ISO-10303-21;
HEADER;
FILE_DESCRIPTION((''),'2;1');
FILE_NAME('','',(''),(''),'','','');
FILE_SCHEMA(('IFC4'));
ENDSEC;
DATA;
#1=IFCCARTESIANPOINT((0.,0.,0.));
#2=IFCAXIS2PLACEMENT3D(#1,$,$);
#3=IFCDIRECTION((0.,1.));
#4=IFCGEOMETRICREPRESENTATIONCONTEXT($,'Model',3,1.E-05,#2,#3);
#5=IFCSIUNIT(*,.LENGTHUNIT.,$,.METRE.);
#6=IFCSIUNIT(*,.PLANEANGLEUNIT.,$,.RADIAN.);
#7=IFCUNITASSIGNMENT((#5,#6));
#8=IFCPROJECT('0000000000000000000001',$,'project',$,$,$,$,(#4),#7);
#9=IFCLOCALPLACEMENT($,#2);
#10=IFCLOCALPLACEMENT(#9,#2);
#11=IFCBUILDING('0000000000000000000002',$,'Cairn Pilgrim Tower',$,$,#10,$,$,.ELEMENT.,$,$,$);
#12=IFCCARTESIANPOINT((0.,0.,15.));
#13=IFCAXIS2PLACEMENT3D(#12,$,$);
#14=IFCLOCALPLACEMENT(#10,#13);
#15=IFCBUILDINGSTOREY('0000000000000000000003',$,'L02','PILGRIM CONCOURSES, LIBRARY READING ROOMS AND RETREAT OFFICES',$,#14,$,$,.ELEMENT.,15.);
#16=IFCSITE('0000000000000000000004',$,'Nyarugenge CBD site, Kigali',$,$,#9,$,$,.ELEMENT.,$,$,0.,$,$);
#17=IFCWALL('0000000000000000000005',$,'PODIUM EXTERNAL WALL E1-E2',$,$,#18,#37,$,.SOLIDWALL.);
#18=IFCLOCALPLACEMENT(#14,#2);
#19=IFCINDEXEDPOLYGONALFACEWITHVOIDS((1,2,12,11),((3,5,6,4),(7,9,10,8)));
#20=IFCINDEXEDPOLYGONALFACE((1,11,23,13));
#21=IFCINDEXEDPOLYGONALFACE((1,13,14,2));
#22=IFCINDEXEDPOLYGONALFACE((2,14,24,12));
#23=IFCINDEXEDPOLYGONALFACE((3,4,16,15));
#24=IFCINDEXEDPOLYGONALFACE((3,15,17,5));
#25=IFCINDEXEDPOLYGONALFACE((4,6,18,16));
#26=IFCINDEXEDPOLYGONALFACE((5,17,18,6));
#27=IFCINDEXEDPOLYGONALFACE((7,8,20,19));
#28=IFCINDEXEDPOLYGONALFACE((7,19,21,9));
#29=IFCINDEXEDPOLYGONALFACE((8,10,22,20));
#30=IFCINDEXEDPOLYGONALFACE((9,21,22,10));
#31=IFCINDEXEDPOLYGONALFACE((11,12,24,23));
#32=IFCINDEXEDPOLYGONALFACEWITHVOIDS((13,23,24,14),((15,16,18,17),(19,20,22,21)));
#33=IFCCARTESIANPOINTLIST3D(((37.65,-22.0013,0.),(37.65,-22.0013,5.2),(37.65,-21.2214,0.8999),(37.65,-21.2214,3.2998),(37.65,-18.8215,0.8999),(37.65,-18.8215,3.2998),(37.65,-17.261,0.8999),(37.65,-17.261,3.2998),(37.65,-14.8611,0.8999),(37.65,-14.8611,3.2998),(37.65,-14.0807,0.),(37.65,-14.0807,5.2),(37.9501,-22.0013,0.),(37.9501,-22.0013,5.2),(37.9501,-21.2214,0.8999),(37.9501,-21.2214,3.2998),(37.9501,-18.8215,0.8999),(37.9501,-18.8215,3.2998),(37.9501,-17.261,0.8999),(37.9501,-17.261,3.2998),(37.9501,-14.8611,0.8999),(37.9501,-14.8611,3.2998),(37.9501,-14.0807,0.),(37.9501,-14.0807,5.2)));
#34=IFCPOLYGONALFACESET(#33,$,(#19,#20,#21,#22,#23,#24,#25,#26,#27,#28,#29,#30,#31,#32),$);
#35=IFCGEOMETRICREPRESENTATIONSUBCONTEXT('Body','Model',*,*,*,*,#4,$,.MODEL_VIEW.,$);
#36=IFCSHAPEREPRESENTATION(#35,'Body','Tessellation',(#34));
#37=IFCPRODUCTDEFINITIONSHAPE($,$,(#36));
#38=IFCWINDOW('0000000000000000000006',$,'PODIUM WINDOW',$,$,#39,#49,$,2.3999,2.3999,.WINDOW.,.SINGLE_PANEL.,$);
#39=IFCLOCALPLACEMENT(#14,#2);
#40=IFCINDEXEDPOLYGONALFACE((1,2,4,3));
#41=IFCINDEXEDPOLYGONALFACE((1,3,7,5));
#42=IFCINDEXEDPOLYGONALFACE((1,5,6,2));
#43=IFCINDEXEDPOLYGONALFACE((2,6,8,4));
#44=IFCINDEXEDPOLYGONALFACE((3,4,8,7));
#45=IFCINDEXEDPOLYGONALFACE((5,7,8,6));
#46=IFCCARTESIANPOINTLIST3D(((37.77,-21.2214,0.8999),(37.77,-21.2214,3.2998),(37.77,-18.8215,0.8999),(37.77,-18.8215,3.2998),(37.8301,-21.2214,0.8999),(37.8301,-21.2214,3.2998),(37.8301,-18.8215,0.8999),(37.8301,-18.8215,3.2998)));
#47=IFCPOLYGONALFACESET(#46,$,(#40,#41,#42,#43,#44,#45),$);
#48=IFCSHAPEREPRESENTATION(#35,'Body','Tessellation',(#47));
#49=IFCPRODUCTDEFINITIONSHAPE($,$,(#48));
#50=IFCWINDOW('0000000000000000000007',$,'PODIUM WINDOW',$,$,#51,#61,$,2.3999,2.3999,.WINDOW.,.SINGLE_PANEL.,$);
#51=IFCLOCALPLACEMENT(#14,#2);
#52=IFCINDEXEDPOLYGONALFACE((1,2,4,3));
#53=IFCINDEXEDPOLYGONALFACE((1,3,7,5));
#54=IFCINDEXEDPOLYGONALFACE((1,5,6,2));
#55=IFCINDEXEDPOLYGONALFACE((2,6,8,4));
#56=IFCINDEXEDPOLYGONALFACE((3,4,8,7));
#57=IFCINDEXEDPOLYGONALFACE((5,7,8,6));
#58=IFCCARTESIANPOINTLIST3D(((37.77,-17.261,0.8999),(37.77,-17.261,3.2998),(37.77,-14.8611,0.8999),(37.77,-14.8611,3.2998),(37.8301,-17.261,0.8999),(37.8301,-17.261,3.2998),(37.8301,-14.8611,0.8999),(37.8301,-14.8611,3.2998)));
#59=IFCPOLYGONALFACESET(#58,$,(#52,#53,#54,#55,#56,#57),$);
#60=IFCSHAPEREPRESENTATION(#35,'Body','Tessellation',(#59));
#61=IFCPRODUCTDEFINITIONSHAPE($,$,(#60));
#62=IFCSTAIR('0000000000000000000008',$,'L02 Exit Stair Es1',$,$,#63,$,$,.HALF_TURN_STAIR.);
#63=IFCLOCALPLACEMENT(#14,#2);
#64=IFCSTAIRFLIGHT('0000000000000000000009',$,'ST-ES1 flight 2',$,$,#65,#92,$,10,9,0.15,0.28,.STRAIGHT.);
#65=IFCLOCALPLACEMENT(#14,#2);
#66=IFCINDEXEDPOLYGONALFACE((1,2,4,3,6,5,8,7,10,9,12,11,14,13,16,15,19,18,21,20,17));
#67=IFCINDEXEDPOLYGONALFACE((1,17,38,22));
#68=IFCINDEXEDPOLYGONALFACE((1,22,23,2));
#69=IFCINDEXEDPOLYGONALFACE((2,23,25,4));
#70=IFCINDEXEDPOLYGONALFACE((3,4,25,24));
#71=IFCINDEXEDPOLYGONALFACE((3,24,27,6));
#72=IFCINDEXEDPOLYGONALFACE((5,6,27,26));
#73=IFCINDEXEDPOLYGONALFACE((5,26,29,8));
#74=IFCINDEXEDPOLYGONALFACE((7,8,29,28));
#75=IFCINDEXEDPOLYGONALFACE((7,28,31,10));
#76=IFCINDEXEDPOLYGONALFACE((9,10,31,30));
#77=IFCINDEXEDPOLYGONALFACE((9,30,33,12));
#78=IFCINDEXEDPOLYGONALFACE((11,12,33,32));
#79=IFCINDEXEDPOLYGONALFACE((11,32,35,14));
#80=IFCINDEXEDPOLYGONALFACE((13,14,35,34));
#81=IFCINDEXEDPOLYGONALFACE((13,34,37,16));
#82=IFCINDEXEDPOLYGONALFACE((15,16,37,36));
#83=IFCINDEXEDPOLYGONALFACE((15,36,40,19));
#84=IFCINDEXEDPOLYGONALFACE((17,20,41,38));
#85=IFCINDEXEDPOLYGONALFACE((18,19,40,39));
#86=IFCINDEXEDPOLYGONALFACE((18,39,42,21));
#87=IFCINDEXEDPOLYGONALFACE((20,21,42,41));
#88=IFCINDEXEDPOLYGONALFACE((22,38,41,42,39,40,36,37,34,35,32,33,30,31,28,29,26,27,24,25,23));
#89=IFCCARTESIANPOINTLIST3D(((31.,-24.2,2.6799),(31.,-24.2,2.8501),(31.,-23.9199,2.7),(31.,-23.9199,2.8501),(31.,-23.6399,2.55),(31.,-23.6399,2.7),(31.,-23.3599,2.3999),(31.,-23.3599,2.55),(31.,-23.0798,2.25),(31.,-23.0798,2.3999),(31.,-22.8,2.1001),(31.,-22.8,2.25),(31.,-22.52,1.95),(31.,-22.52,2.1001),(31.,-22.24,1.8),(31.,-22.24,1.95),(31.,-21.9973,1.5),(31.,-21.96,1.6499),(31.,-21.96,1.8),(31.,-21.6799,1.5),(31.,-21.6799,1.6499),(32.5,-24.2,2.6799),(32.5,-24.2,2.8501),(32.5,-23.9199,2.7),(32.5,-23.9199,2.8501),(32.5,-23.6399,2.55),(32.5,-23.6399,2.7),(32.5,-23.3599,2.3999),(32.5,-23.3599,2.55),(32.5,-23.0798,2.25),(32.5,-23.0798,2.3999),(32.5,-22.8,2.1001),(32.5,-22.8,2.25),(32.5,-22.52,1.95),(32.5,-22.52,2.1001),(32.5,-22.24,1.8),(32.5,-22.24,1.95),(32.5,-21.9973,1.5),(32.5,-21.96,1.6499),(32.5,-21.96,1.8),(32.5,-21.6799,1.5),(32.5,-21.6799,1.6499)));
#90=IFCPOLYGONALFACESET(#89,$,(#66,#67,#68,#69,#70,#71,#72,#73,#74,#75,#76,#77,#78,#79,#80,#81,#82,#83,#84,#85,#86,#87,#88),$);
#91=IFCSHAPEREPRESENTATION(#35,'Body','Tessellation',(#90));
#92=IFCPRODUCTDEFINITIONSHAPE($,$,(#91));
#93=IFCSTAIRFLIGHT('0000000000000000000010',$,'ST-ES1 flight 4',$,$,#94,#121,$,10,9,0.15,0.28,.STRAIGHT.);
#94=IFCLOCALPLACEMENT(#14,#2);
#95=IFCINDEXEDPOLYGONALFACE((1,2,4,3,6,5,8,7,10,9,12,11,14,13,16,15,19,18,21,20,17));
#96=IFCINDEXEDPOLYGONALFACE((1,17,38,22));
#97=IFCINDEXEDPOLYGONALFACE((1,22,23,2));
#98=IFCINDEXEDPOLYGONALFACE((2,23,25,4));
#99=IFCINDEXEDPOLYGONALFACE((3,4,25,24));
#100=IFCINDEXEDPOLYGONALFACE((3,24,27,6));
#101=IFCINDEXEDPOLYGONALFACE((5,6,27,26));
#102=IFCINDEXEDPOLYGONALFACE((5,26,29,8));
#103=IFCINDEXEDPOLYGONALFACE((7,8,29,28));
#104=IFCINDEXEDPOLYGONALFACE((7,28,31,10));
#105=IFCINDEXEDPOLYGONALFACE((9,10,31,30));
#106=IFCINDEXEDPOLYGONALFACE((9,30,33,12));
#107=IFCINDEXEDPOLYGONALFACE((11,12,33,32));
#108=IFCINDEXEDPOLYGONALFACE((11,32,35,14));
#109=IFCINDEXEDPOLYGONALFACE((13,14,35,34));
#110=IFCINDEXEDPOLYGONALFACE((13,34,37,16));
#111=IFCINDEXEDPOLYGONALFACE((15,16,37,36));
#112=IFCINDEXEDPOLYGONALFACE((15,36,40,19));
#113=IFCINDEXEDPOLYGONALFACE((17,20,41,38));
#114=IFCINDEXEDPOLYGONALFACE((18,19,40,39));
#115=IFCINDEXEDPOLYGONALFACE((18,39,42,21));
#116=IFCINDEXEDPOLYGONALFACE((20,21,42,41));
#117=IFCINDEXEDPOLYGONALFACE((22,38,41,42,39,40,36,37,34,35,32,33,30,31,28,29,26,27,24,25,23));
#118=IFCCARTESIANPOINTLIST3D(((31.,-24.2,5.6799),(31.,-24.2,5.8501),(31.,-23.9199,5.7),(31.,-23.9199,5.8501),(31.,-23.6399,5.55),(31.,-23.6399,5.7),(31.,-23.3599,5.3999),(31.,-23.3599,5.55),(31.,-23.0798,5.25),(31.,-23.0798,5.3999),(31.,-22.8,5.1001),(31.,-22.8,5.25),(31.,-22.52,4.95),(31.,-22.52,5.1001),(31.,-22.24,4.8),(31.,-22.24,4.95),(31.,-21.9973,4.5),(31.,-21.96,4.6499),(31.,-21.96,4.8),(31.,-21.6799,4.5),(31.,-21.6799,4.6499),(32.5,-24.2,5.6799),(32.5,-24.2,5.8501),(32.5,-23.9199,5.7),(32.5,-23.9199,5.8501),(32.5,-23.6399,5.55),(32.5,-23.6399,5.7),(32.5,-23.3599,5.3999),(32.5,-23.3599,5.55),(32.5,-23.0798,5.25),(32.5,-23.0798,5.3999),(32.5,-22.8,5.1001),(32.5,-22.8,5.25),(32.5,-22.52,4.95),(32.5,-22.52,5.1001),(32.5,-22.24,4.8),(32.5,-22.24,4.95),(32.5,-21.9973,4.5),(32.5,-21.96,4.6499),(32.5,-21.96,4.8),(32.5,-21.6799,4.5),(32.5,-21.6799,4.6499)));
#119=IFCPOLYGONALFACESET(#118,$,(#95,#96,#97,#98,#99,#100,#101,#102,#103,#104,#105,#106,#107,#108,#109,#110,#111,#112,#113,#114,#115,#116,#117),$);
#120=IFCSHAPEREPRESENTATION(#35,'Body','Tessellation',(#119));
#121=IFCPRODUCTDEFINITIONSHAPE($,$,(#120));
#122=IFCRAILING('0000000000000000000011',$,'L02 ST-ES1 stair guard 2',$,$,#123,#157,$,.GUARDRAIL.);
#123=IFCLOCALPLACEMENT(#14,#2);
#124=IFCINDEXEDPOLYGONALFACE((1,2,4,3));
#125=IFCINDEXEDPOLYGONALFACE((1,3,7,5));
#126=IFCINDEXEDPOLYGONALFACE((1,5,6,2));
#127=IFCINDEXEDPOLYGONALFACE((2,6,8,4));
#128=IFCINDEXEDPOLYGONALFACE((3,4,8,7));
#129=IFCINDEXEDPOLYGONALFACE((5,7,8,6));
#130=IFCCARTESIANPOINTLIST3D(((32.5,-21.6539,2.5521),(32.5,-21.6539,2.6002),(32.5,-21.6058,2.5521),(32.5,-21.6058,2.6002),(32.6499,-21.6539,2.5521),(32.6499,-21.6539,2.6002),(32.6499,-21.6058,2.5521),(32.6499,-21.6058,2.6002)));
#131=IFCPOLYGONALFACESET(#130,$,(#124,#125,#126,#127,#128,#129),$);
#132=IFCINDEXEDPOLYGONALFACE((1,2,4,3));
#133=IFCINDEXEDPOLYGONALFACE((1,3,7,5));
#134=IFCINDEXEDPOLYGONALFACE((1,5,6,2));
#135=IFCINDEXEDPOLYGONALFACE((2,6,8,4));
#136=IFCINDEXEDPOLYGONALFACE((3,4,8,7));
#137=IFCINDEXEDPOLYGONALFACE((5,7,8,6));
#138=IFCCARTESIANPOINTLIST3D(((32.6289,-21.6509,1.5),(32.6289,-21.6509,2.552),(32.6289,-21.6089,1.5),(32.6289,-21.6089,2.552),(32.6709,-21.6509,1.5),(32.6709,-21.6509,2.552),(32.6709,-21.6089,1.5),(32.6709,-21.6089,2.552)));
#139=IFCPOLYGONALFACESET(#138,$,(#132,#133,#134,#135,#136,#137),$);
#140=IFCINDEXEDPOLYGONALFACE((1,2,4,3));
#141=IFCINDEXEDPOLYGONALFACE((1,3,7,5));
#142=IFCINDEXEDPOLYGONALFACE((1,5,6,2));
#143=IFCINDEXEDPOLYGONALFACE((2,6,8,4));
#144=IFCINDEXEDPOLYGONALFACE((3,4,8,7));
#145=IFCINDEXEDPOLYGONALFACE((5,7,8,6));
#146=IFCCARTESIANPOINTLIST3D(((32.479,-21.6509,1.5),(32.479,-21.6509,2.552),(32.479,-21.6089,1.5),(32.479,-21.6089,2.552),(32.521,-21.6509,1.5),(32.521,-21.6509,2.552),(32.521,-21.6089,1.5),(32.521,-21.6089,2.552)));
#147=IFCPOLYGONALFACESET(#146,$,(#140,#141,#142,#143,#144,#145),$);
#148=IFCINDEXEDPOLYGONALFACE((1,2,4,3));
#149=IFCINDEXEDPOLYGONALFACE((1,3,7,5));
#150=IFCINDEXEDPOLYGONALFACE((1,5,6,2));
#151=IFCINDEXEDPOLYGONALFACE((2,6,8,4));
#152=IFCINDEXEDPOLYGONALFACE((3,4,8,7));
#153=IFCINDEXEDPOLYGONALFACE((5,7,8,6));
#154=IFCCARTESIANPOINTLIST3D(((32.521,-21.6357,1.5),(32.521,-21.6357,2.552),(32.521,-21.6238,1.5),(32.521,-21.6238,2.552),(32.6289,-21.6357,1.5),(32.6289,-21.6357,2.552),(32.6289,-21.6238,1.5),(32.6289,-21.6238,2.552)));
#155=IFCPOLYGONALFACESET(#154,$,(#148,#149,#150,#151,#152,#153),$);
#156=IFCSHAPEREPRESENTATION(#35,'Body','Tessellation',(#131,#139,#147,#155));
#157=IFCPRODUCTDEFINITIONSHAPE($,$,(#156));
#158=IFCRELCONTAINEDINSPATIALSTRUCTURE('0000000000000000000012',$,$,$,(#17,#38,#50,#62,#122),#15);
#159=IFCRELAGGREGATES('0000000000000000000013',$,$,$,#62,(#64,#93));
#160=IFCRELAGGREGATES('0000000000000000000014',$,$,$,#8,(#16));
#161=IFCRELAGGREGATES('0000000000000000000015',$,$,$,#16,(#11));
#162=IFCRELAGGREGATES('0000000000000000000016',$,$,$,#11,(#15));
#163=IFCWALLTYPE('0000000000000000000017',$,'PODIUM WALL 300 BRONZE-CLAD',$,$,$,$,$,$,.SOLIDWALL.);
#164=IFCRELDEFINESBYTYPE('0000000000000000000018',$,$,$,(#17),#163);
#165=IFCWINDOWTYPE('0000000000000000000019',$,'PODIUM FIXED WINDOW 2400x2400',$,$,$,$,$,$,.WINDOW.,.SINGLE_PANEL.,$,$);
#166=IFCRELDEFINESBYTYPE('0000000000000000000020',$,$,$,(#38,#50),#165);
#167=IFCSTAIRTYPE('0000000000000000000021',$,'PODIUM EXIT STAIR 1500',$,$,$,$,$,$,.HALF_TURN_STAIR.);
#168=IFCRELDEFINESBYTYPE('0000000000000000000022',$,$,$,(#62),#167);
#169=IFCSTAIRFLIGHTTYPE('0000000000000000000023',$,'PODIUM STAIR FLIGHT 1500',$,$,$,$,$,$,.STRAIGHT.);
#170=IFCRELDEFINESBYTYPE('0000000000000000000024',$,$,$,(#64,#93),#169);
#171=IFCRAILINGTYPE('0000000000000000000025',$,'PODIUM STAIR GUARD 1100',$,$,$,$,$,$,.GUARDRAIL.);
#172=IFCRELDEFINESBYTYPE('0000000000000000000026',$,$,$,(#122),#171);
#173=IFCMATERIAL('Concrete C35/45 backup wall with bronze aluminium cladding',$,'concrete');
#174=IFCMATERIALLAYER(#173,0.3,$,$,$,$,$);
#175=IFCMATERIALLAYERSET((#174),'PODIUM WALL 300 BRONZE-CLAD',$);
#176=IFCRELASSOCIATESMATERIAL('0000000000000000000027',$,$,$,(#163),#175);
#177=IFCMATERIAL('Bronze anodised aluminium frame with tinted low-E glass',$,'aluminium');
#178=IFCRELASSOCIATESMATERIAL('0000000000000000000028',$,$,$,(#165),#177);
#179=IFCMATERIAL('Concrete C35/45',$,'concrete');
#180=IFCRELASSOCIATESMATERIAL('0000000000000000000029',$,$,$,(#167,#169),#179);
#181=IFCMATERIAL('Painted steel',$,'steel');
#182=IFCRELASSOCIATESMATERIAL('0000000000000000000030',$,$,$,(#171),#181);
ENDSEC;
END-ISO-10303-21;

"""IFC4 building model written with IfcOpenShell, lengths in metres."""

from ifc_helpers import new_model, si_unit, direction, frame, frame_2d, origin, origin_2d, place, context, subcontext, project, spatial, polyline, rectangle, outline, extrude, material, layer, layer_set, type_object, element, fill, aggregate, save


model = new_model("IFC4")

# Units and contexts
model_context = context("Model", 3, precision=1e-05, world=origin(), true_north=direction((0.0, 1.0)))
body_context = subcontext(model_context, "Body", "Model", "MODEL_VIEW")
ifc_project = project(units=[si_unit("LENGTHUNIT", "METRE"), si_unit("PLANEANGLEUNIT", "RADIAN")], contexts=[model_context])

# Site, building, storey
site_placement = place(None, origin())
site = spatial("IfcSite", under=ifc_project, at=site_placement, Name="Nyarugenge CBD site, Kigali", CompositionType="ELEMENT", RefElevation=0.0)
building_placement = place(site_placement, origin())
building = spatial("IfcBuilding", under=site, at=building_placement, Name="Cairn Pilgrim Tower", CompositionType="ELEMENT")
storey_placement = place(building_placement, frame((0.0, 0.0, 15.0)))
storey = spatial("IfcBuildingStorey", under=building, at=storey_placement, Name="L02", Description="PILGRIM CONCOURSES, LIBRARY READING ROOMS AND RETREAT OFFICES", CompositionType="ELEMENT", Elevation=15.0)

# Shared definitions
ifc_material_1 = material(Name="Concrete C35/45", Category="concrete")

# Wall, openings, windows
ifc_material_2 = material(Name="Concrete C35/45 backup wall with bronze aluminium cladding", Category="concrete")
ifc_layer_1 = layer(ifc_material_2, 0.3)
ifc_layer_set_1 = layer_set([ifc_layer_1], Name="PODIUM WALL 300 BRONZE-CLAD")
wall_type_1 = type_object("IfcWallType", Name="PODIUM WALL 300 BRONZE-CLAD", PredefinedType="SOLIDWALL", material=ifc_layer_set_1)
wall_1_placement = place(storey_placement, frame((37.8, -22.0015, 0.0), z_axis=(0.0, 0.0, 1.0), x_axis=(0.0, 1.0, 0.0)))
wall_1 = element("IfcWall", 1, at=wall_1_placement, inside=storey, type_object=wall_type_1, Name="PODIUM EXTERNAL WALL E1-E2", PredefinedType="SOLIDWALL", context=body_context, shape_type="SweptSolid", body=[
    extrude(rectangle(XDim=7.9207, YDim=0.3, at=frame_2d((3.9604, 0.0))), origin(), (0.0, 0.0, 1.0), 5.2),
])
opening_1_placement = place(wall_1_placement, frame((0.78, 0.0, 0.8999)))
opening_1 = element("IfcOpeningElement", 2, at=opening_1_placement, cuts=wall_1, PredefinedType="OPENING", context=body_context, shape_type="SweptSolid", body=[
    extrude(rectangle(XDim=2.3999, YDim=2.3999, at=frame_2d((1.2, 1.2))), frame((0.0, 0.1602, 0.0), z_axis=(0.0, -1.0, 0.0), x_axis=(1.0, 0.0, 0.0)), (0.0, 0.0, 1.0), 0.3201),
])
opening_2_placement = place(wall_1_placement, frame((4.7405, 0.0, 0.8999)))
opening_2 = element("IfcOpeningElement", 3, at=opening_2_placement, cuts=wall_1, PredefinedType="OPENING", context=body_context, shape_type="SweptSolid", body=[
    extrude(rectangle(XDim=2.3999, YDim=2.3999, at=frame_2d((1.2, 1.2))), frame((0.0, 0.1602, 0.0), z_axis=(0.0, -1.0, 0.0), x_axis=(1.0, 0.0, 0.0)), (0.0, 0.0, 1.0), 0.3201),
])
ifc_material_3 = material(Name="Bronze anodised aluminium frame with tinted low-E glass", Category="aluminium")
window_type = type_object("IfcWindowType", Name="PODIUM FIXED WINDOW 2400x2400", PartitioningType="SINGLE_PANEL", PredefinedType="WINDOW", material=ifc_material_3)
window_1_placement = place(opening_1_placement, origin())
window_1 = element("IfcWindow", 4, at=window_1_placement, inside=storey, type_object=window_type, Name="PODIUM WINDOW", OverallHeight=2.3999, OverallWidth=2.3999, PartitioningType="SINGLE_PANEL", PredefinedType="WINDOW", context=body_context, shape_type="SweptSolid", body=[
    extrude(rectangle(XDim=2.3999, YDim=2.3999, at=frame_2d((1.2, 1.2))), frame((0.0, 0.03, 0.0), z_axis=(0.0, -1.0, 0.0), x_axis=(1.0, 0.0, 0.0)), (0.0, 0.0, 1.0), 0.0601),
])
fill(opening_1, window_1)
window_2_placement = place(opening_2_placement, origin())
window_2 = element("IfcWindow", 5, at=window_2_placement, inside=storey, type_object=window_type, Name="PODIUM WINDOW", OverallHeight=2.3999, OverallWidth=2.3999, PartitioningType="SINGLE_PANEL", PredefinedType="WINDOW", context=body_context, shape_type="SweptSolid", body=[
    extrude(rectangle(XDim=2.3999, YDim=2.3999, at=frame_2d((1.2, 1.2))), frame((0.0, 0.03, 0.0), z_axis=(0.0, -1.0, 0.0), x_axis=(1.0, 0.0, 0.0)), (0.0, 0.0, 1.0), 0.0601),
])
fill(opening_2, window_2)

# Stair, stair flights
stair_type = type_object("IfcStairType", Name="PODIUM EXIT STAIR 1500", PredefinedType="HALF_TURN_STAIR", material=ifc_material_1)
stair_placement = place(storey_placement, origin())
stair = element("IfcStair", 6, at=stair_placement, inside=storey, type_object=stair_type, Name="L02 Exit Stair Es1", PredefinedType="HALF_TURN_STAIR")
stair_flight_type = type_object("IfcStairFlightType", Name="PODIUM STAIR FLIGHT 1500", PredefinedType="STRAIGHT", material=ifc_material_1)
stair_flight_1_placement = place(storey_placement, frame((31.75, -21.6799, 1.5), z_axis=(0.0, 0.0, 1.0), x_axis=(0.0, -1.0, 0.0)))
stair_flight_1 = element("IfcStairFlight", 7, at=stair_flight_1_placement, type_object=stair_flight_type, Name="ST-ES1 flight 2", NumberOfRisers=10, NumberOfTreads=9, PredefinedType="STRAIGHT", RiserHeight=0.15, TreadLength=0.28, context=body_context, shape_type="SweptSolid", body=[
    extrude(outline(polyline([(0.0, 0.0), (0.0, 0.1499), (0.28, 0.1499), (0.28, 0.3), (0.5601, 0.3), (0.5601, 0.45), (0.8401, 0.45), (0.8401, 0.6001), (1.1201, 0.6001), (1.1201, 0.75), (1.3999, 0.75), (1.3999, 0.8999), (1.6799, 0.8999), (1.6799, 1.05), (1.96, 1.05), (1.96, 1.2), (2.24, 1.2), (2.24, 1.3501), (2.52, 1.3501), (2.52, 1.5), (2.52, 1.1799), (0.3174, 0.0), (0.0, 0.0)])), frame((0.0, 0.75, 0.0), z_axis=(0.0, -1.0, 0.0), x_axis=(1.0, 0.0, 0.0)), (0.0, 0.0, 1.0), 1.5),
])
stair_flight_2_placement = place(storey_placement, frame((31.75, -21.6799, 4.5), z_axis=(0.0, 0.0, 1.0), x_axis=(0.0, -1.0, 0.0)))
stair_flight_2 = element("IfcStairFlight", 8, at=stair_flight_2_placement, type_object=stair_flight_type, Name="ST-ES1 flight 4", NumberOfRisers=10, NumberOfTreads=9, PredefinedType="STRAIGHT", RiserHeight=0.15, TreadLength=0.28, context=body_context, shape_type="SweptSolid", body=[
    extrude(outline(polyline([(0.0, 0.0), (0.0, 0.1499), (0.28, 0.1499), (0.28, 0.3), (0.5601, 0.3), (0.5601, 0.45), (0.8401, 0.45), (0.8401, 0.6001), (1.1201, 0.6001), (1.1201, 0.75), (1.3999, 0.75), (1.3999, 0.8999), (1.6799, 0.8999), (1.6799, 1.05), (1.96, 1.05), (1.96, 1.2), (2.24, 1.2), (2.24, 1.3501), (2.52, 1.3501), (2.52, 1.5), (2.52, 1.1799), (0.3174, 0.0), (0.0, 0.0)])), frame((0.0, 0.75, 0.0), z_axis=(0.0, -1.0, 0.0), x_axis=(1.0, 0.0, 0.0)), (0.0, 0.0, 1.0), 1.5),
])
aggregate(stair, [stair_flight_1, stair_flight_2])

# Railing
ifc_material_4 = material(Name="Painted steel", Category="steel")
railing_type_1 = type_object("IfcRailingType", Name="PODIUM STAIR GUARD 1100", PredefinedType="GUARDRAIL", material=ifc_material_4)
railing_1_placement = place(storey_placement, frame((32.6499, -21.6299, 1.5)))
element("IfcRailing", 9, at=railing_1_placement, inside=storey, type_object=railing_type_1, Name="L02 ST-ES1 stair guard 2", PredefinedType="GUARDRAIL", context=body_context, shape_type="SweptSolid", body=[
    extrude(rectangle(XDim=0.0481, YDim=0.0481, at=origin_2d()), frame((0.0, 0.0, 1.0762), z_axis=(-1.0, 0.0, 0.0), x_axis=(0.0, -1.0, 0.0)), (0.0, 0.0, 1.0), 0.1499),
    extrude(rectangle(XDim=0.042, YDim=0.042, at=origin_2d()), origin(), (0.0, 0.0, 1.0), 1.052),
    extrude(rectangle(XDim=0.042, YDim=0.042, at=origin_2d()), frame((-0.1499, 0.0, 0.0)), (0.0, 0.0, 1.0), 1.052),
    extrude(outline(polyline([(0.021, 0.0), (0.1289, 0.0), (0.1289, 1.052), (0.021, 1.052), (0.021, 0.0)])), frame((0.0, -0.0059, 0.0), z_axis=(0.0, 1.0, 0.0), x_axis=(-1.0, 0.0, 0.0)), (0.0, 0.0, 1.0), 0.012),
])

save(model, "model.ifc")
